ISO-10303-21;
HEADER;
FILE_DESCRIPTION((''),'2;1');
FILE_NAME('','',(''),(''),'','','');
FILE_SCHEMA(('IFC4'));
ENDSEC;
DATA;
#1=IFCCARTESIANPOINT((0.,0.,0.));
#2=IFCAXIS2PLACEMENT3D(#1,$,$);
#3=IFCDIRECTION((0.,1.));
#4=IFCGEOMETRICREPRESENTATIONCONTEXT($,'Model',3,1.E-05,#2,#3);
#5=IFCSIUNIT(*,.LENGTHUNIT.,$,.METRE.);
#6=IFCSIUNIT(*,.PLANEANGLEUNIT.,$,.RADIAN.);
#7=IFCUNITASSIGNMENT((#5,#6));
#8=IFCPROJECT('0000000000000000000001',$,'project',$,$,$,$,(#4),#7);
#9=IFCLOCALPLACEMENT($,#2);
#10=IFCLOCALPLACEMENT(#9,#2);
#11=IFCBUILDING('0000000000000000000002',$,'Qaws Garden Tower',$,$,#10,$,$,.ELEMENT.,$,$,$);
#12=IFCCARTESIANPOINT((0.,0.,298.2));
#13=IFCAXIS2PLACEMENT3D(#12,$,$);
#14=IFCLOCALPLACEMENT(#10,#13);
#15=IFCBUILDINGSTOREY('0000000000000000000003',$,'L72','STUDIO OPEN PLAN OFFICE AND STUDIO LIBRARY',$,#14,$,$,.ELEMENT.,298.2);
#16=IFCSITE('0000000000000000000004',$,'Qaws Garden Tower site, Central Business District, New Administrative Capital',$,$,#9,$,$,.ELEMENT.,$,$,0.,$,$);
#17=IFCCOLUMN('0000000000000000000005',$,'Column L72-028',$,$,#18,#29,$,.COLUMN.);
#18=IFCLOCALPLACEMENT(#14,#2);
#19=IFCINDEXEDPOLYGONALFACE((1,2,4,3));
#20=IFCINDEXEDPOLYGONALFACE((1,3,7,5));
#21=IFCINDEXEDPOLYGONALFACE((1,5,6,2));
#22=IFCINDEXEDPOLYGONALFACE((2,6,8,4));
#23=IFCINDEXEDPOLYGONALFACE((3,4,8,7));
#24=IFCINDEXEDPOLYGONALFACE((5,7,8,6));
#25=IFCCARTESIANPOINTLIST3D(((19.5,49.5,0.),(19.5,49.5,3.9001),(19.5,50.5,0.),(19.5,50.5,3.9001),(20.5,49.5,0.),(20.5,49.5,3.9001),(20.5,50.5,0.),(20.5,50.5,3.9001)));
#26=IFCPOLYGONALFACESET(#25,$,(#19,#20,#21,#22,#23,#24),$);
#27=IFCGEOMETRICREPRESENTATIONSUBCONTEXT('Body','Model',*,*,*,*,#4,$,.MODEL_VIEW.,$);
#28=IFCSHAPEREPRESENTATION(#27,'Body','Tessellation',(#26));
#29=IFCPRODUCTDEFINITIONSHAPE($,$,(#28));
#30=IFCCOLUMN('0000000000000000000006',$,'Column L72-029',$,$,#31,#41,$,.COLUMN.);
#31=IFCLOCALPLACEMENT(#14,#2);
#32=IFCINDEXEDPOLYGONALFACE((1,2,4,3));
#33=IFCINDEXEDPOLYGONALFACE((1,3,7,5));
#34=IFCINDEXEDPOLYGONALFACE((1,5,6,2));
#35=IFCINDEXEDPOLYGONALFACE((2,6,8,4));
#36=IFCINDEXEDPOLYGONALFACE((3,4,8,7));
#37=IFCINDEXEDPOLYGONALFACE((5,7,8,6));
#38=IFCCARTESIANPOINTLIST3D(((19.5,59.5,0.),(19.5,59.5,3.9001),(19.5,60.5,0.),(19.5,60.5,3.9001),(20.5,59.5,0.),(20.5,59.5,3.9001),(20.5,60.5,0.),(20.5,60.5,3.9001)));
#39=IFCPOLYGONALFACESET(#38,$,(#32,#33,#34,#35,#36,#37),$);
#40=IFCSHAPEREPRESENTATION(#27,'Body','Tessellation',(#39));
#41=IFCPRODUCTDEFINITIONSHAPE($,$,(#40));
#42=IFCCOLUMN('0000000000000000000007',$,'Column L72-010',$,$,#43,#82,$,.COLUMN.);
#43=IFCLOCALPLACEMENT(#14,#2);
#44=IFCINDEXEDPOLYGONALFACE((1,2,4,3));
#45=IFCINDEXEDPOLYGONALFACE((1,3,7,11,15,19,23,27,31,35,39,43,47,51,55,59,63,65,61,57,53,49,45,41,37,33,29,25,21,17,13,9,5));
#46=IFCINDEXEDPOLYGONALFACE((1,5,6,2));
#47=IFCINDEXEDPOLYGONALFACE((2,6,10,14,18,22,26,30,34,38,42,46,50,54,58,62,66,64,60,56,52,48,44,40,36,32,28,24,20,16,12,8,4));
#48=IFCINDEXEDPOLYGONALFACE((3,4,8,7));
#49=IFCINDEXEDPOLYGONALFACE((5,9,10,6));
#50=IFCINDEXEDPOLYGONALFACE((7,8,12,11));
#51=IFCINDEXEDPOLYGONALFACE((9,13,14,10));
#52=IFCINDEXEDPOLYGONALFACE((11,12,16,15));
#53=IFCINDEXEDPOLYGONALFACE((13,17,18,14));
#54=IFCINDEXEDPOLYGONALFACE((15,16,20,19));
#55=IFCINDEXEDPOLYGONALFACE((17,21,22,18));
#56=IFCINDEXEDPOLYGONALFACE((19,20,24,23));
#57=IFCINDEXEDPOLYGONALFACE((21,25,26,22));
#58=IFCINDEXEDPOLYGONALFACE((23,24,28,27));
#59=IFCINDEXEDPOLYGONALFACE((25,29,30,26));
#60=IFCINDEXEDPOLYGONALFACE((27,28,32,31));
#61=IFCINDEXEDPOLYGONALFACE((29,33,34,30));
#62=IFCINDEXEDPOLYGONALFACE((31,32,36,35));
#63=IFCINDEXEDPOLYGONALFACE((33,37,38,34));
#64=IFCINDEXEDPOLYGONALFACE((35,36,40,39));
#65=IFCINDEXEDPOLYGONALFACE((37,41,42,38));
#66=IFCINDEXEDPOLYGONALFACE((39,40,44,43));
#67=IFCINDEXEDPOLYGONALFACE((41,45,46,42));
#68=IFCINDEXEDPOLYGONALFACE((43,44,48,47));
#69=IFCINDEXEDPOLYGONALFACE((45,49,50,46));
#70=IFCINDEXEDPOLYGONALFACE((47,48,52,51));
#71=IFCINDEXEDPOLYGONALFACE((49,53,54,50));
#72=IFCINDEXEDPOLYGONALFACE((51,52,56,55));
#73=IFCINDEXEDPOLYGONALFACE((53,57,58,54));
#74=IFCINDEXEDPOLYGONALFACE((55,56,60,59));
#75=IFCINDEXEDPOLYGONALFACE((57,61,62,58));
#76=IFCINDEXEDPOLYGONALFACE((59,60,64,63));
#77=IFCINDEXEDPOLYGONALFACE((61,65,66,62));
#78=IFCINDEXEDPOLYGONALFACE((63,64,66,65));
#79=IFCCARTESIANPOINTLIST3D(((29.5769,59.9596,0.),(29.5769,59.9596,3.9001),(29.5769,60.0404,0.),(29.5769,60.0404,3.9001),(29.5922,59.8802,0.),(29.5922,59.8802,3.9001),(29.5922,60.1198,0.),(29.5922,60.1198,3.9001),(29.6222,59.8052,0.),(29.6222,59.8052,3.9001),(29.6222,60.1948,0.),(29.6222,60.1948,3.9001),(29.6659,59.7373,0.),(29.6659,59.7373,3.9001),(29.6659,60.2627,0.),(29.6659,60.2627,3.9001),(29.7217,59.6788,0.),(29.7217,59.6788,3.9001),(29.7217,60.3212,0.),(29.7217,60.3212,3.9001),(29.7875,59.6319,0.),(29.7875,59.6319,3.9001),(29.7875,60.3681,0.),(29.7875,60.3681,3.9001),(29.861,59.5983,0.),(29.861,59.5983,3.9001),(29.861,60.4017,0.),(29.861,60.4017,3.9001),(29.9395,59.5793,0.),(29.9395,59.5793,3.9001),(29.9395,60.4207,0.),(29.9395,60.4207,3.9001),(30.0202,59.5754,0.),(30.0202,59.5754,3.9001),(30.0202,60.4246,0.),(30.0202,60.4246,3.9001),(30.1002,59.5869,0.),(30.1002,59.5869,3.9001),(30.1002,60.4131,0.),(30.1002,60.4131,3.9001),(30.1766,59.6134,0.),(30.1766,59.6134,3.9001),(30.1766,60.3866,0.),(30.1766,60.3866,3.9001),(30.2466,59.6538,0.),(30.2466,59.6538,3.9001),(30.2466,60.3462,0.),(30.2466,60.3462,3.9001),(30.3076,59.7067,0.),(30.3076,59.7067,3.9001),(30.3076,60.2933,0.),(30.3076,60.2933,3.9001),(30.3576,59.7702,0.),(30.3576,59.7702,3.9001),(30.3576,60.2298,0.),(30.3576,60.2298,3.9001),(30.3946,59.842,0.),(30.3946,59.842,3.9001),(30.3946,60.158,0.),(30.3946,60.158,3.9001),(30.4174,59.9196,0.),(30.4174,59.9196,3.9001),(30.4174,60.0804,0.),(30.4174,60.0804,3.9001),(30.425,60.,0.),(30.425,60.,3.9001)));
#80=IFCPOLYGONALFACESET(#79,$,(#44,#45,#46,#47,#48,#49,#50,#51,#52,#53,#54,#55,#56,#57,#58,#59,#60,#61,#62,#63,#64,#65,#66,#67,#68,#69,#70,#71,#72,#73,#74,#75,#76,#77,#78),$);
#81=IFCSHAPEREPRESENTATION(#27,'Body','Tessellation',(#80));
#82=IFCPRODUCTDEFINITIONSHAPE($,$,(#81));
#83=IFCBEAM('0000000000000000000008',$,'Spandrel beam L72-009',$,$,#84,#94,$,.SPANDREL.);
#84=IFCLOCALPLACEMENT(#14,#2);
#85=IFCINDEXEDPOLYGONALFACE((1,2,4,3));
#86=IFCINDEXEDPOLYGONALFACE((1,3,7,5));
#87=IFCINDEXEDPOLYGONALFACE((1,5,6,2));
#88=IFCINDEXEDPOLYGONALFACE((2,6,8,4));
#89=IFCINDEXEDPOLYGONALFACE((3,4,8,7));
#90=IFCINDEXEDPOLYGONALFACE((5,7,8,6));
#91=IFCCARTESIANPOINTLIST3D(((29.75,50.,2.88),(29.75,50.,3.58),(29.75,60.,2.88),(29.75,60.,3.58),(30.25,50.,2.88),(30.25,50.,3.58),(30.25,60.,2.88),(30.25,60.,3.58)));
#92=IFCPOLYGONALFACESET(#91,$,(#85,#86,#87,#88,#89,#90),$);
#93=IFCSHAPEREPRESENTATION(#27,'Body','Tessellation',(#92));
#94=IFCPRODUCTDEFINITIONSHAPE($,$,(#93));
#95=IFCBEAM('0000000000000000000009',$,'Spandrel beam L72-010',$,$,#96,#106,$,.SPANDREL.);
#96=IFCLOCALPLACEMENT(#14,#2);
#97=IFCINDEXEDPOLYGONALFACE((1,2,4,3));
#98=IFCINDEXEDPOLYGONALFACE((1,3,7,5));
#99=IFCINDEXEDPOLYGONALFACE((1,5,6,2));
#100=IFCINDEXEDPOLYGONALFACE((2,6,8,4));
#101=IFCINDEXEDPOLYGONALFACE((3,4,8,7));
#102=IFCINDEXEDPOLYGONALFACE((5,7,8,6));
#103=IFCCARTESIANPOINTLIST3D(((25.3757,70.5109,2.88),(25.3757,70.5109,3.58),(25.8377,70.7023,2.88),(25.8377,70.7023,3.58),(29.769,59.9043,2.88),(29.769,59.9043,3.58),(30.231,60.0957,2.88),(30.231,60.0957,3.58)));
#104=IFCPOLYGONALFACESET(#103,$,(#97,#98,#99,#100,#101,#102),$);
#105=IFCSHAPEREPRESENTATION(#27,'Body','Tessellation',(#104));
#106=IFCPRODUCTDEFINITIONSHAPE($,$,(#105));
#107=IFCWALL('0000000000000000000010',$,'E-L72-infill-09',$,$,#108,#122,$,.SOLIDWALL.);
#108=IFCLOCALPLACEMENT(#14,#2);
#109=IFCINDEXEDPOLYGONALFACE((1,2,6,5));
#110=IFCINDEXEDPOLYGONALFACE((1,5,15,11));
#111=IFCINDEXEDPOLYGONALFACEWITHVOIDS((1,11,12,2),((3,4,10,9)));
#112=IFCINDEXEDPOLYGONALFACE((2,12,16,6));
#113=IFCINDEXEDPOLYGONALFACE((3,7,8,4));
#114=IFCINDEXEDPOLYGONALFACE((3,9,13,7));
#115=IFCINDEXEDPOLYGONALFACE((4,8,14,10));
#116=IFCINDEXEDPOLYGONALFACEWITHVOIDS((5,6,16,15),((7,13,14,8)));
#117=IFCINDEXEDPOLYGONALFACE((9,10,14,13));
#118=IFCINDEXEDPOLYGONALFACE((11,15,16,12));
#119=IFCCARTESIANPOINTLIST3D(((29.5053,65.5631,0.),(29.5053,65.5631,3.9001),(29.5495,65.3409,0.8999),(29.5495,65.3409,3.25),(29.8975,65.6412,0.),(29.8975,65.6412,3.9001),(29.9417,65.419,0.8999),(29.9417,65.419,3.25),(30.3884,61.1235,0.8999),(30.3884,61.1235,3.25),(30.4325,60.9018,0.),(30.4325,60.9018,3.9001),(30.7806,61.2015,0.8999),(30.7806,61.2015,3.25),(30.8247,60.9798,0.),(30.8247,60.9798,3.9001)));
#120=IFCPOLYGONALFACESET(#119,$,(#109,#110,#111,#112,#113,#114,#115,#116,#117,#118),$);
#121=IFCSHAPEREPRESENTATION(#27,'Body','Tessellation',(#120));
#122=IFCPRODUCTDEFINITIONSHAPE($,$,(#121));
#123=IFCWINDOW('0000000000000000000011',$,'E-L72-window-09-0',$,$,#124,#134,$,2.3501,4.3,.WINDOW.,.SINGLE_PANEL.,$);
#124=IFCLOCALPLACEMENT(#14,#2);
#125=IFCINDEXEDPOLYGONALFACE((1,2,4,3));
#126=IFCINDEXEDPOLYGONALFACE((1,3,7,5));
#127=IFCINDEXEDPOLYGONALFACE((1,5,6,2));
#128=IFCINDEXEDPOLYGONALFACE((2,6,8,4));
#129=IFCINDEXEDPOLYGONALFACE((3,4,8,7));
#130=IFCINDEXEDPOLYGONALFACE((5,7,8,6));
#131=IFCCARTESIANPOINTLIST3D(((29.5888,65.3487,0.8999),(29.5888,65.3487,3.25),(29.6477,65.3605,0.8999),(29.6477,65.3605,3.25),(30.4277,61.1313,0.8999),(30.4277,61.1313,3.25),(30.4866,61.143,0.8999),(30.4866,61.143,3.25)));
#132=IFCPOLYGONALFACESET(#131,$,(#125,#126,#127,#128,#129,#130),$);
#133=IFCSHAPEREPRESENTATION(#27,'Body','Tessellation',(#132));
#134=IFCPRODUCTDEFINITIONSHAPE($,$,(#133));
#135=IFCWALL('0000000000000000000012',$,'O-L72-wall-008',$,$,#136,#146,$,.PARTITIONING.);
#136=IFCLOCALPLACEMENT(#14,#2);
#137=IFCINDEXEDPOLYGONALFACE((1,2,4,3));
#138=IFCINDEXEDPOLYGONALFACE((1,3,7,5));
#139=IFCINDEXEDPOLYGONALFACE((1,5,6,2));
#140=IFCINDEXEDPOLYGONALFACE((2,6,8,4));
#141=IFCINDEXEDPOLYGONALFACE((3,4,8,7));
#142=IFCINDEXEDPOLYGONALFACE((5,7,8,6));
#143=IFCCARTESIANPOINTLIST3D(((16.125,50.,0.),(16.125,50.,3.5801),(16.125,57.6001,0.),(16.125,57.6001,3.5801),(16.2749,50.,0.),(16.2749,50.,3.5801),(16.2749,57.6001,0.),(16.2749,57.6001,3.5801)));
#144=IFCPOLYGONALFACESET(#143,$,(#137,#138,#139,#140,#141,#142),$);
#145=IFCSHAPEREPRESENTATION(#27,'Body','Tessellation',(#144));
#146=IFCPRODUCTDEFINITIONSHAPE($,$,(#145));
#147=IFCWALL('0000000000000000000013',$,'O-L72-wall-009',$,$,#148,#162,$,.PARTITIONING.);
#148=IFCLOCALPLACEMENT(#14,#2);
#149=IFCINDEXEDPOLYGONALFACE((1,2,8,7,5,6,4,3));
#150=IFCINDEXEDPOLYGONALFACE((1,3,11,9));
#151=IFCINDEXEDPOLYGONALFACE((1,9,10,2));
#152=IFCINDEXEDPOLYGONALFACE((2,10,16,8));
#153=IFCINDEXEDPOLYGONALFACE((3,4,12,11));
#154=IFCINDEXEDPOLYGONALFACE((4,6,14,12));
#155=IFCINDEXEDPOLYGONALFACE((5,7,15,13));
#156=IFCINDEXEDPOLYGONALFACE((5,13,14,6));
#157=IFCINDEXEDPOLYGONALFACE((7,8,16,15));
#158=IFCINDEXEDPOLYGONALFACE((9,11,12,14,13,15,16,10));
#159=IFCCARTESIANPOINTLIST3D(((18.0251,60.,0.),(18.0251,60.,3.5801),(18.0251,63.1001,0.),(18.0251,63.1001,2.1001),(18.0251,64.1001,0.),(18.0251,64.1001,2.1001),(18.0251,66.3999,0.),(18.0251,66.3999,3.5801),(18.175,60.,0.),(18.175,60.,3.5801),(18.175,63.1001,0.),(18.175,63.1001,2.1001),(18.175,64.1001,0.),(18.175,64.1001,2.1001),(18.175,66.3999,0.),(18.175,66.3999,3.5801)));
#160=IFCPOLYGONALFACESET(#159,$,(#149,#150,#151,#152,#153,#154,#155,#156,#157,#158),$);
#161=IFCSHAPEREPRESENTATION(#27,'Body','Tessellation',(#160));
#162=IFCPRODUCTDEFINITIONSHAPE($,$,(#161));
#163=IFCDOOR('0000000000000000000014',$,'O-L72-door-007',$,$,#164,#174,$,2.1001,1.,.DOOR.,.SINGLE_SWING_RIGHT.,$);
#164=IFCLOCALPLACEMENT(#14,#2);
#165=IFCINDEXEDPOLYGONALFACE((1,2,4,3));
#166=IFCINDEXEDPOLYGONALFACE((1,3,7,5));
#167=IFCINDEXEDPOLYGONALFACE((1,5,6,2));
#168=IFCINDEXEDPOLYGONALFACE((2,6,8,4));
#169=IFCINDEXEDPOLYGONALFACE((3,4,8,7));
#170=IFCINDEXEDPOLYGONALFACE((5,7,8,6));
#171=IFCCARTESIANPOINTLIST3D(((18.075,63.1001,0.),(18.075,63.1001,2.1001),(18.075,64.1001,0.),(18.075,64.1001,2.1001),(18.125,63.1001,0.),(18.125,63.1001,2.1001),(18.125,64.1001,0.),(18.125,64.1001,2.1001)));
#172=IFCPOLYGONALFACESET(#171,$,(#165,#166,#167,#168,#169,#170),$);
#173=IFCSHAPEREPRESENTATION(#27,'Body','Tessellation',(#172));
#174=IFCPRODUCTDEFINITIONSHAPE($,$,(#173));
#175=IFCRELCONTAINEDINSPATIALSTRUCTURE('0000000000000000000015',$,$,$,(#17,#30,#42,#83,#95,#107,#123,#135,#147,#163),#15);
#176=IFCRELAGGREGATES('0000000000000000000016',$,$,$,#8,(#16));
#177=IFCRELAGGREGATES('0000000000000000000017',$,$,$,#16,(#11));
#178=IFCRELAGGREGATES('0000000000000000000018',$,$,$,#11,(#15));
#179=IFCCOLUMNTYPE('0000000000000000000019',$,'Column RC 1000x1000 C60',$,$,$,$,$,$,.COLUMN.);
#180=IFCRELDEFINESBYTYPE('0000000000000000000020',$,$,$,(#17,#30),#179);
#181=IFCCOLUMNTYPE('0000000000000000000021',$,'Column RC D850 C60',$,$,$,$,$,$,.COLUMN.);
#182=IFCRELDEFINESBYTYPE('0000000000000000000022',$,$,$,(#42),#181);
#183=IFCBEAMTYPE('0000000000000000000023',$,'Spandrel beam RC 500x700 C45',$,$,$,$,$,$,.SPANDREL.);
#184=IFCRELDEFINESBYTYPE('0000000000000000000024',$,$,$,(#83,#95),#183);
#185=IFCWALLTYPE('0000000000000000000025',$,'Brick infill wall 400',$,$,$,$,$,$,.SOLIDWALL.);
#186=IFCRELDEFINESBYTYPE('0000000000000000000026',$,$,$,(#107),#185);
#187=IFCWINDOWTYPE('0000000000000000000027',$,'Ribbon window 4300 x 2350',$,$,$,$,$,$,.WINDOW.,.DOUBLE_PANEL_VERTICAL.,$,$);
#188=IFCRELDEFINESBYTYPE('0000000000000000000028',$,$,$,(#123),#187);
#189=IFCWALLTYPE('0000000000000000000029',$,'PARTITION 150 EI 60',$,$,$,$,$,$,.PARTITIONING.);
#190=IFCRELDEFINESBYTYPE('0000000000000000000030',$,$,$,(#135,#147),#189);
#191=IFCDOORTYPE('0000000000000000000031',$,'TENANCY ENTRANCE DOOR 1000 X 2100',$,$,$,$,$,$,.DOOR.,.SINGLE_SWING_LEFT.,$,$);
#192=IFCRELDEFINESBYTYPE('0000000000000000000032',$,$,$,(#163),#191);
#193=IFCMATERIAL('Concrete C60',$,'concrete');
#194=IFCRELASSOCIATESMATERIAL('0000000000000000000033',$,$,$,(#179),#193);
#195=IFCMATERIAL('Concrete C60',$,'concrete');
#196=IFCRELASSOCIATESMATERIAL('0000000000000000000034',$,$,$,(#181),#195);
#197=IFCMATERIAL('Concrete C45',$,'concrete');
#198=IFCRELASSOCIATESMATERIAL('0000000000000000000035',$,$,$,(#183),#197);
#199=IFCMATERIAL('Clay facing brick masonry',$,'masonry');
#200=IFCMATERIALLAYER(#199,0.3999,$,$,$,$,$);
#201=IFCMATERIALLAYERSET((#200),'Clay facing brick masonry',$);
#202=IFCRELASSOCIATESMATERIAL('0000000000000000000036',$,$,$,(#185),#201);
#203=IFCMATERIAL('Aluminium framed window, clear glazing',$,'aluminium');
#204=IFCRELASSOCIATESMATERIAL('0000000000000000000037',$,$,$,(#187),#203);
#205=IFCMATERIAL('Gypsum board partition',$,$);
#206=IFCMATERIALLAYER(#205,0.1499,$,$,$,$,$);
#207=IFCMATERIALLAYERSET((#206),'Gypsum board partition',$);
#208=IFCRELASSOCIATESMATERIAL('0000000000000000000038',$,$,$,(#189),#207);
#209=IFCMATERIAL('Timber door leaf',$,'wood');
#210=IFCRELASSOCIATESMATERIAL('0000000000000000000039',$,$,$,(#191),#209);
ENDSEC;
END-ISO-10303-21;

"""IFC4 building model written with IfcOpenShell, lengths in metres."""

from ifc_helpers import new_model, si_unit, direction, frame, frame_2d, origin, origin_2d, place, context, subcontext, project, spatial, rectangle, circle, extrude, material, layer, layer_set, material_profile, profile_set, type_object, element, fill, save


model = new_model("IFC4")

# Units and contexts
model_context = context("Model", 3, precision=1e-05, world=origin(), true_north=direction((0.0, 1.0)))
body_context = subcontext(model_context, "Body", "Model", "MODEL_VIEW")
ifc_project = project(units=[si_unit("LENGTHUNIT", "METRE"), si_unit("PLANEANGLEUNIT", "RADIAN")], contexts=[model_context])

# Site, building, storey
site_placement = place(None, origin())
site = spatial("IfcSite", under=ifc_project, at=site_placement, Name="Qaws Garden Tower site, Central Business District, New Administrative Capital", CompositionType="ELEMENT", RefElevation=0.0)
building_placement = place(site_placement, origin())
building = spatial("IfcBuilding", under=site, at=building_placement, Name="Qaws Garden Tower", CompositionType="ELEMENT")
storey_placement = place(building_placement, frame((0.0, 0.0, 298.2)))
storey = spatial("IfcBuildingStorey", under=building, at=storey_placement, Name="L72", Description="STUDIO OPEN PLAN OFFICE AND STUDIO LIBRARY", CompositionType="ELEMENT", Elevation=298.2)

# Columns
ifc_material_1 = material(Name="Concrete C60", Category="concrete")
ifc_material_profile_1 = material_profile(ifc_material_1, rectangle(XDim=1.0, YDim=1.0, at=origin_2d()), Name="RC 1000x1000")
ifc_profile_set_1 = profile_set([ifc_material_profile_1], Name="Concrete C60")
column_type_1 = type_object("IfcColumnType", Name="Column RC 1000x1000 C60", PredefinedType="COLUMN", material=ifc_profile_set_1)
for number, where, z_axis, x_axis, name in (
    (1, (20.0, 50.0, 0.0), (0.0, 0.0, 1.0), (1.0, 0.0, 0.0), "Column L72-028"),
    (2, (20.0, 60.0, 0.0), (0.0, 0.0, 1.0), (1.0, 0.0, 0.0), "Column L72-029"),
):
    element("IfcColumn", number, at=place(storey_placement, frame(where, z_axis=z_axis, x_axis=x_axis)), inside=storey, type_object=column_type_1, Name=name, PredefinedType="COLUMN", context=body_context, shape_type="SweptSolid", body=[
        extrude(rectangle(XDim=1.0, YDim=1.0, at=origin_2d()), origin(), (0.0, 0.0, 1.0), 3.9001),
    ])
ifc_material_2 = material(Name="Concrete C60", Category="concrete")
ifc_material_profile_2 = material_profile(ifc_material_2, circle(Radius=0.425, at=origin_2d()), Name="RC D850")
ifc_profile_set_2 = profile_set([ifc_material_profile_2], Name="Concrete C60")
column_type_2 = type_object("IfcColumnType", Name="Column RC D850 C60", PredefinedType="COLUMN", material=ifc_profile_set_2)
column_placement = place(storey_placement, frame((30.0, 60.0, 0.0), z_axis=(0.0, 0.0, 1.0), x_axis=(1.0, 0.0, 0.0)))
element("IfcColumn", 3, at=column_placement, inside=storey, type_object=column_type_2, Name="Column L72-010", PredefinedType="COLUMN", context=body_context, shape_type="SweptSolid", body=[
    extrude(circle(Radius=0.425, at=origin_2d()), origin(), (0.0, 0.0, 1.0), 3.9001),
])

# Beams
ifc_material_3 = material(Name="Concrete C45", Category="concrete")
ifc_material_profile_3 = material_profile(ifc_material_3, rectangle(XDim=0.5, YDim=0.7, at=origin_2d()), Name="RC 500x700")
ifc_profile_set_3 = profile_set([ifc_material_profile_3], Name="Concrete C45")
beam_type = type_object("IfcBeamType", Name="Spandrel beam RC 500x700 C45", PredefinedType="SPANDREL", material=ifc_profile_set_3)
beam_1_placement = place(storey_placement, frame((30.0, 50.0, 3.23), z_axis=(0.0, 1.0, 0.0), x_axis=(-1.0, 0.0, 0.0)))
element("IfcBeam", 4, at=beam_1_placement, inside=storey, type_object=beam_type, Name="Spandrel beam L72-009", PredefinedType="SPANDREL", context=body_context, shape_type="SweptSolid", body=[
    extrude(rectangle(XDim=0.5, YDim=0.7, at=origin_2d()), origin(), (0.0, 0.0, 1.0), 10.0),
])
beam_2_placement = place(storey_placement, frame((30.0, 60.0, 3.23), z_axis=(-0.382674, 0.923883, 0.0), x_axis=(-0.923883, -0.382674, 0.0)))
element("IfcBeam", 5, at=beam_2_placement, inside=storey, type_object=beam_type, Name="Spandrel beam L72-010", PredefinedType="SPANDREL", context=body_context, shape_type="SweptSolid", body=[
    extrude(rectangle(XDim=0.5, YDim=0.7, at=origin_2d()), origin(), (0.0, 0.0, 1.0), 11.4805),
])

# Wall, opening, window
ifc_material_4 = material(Name="Clay facing brick masonry", Category="masonry")
ifc_layer_1 = layer(ifc_material_4, 0.3999)
ifc_layer_set_1 = layer_set([ifc_layer_1], Name="Clay facing brick masonry")
wall_type_1 = type_object("IfcWallType", Name="Brick infill wall 400", PredefinedType="SOLIDWALL", material=ifc_layer_set_1)
wall_1_placement = place(storey_placement, frame((30.6287, 60.9407, 0.0), z_axis=(0.0, 0.0, 1.0), x_axis=(-0.195099, 0.980784, 0.0)))
wall_1 = element("IfcWall", 6, at=wall_1_placement, inside=storey, type_object=wall_type_1, Name="E-L72-infill-09", PredefinedType="SOLIDWALL", context=body_context, shape_type="SweptSolid", body=[
    extrude(rectangle(XDim=4.7527, YDim=0.3999, at=frame_2d((2.3765, 0.0))), origin(), (0.0, 0.0, 1.0), 3.9001),
])
opening_1_placement = place(wall_1_placement, frame((0.2263, 0.0, 0.8999)))
opening_1 = element("IfcOpeningElement", 7, at=opening_1_placement, cuts=wall_1, PredefinedType="OPENING", context=body_context, shape_type="SweptSolid", body=[
    extrude(rectangle(XDim=4.3, YDim=2.3501, at=frame_2d((2.1499, 1.175))), frame((0.0, 0.21, 0.0), z_axis=(0.0, -1.0, 0.0), x_axis=(1.0, 0.0, 0.0)), (0.0, 0.0, 1.0), 0.4199),
])
ifc_material_5 = material(Name="Aluminium framed window, clear glazing", Category="aluminium")
window_type = type_object("IfcWindowType", Name="Ribbon window 4300 x 2350", PartitioningType="DOUBLE_PANEL_VERTICAL", PredefinedType="WINDOW", material=ifc_material_5)
window_placement = place(opening_1_placement, origin())
window = element("IfcWindow", 8, at=window_placement, inside=storey, type_object=window_type, Name="E-L72-window-09-0", OverallHeight=2.3501, OverallWidth=4.3, PartitioningType="SINGLE_PANEL", PredefinedType="WINDOW", context=body_context, shape_type="SweptSolid", body=[
    extrude(rectangle(XDim=4.3, YDim=2.3501, at=frame_2d((2.1499, 1.175))), frame((0.0, 0.1599, 0.0), z_axis=(0.0, -1.0, 0.0), x_axis=(1.0, 0.0, 0.0)), (0.0, 0.0, 1.0), 0.0601),
])
fill(opening_1, window)

# Wall
ifc_material_6 = material(Name="Gypsum board partition")
ifc_layer_2 = layer(ifc_material_6, 0.1499)
ifc_layer_set_2 = layer_set([ifc_layer_2], Name="Gypsum board partition")
wall_type_2 = type_object("IfcWallType", Name="PARTITION 150 EI 60", PredefinedType="PARTITIONING", material=ifc_layer_set_2)
wall_2_placement = place(storey_placement, frame((16.2, 50.0, 0.0), z_axis=(0.0, 0.0, 1.0), x_axis=(0.0, 1.0, 0.0)))
element("IfcWall", 9, at=wall_2_placement, inside=storey, type_object=wall_type_2, Name="O-L72-wall-008", PredefinedType="PARTITIONING", context=body_context, shape_type="SweptSolid", body=[
    extrude(rectangle(XDim=7.6001, YDim=0.1499, at=frame_2d((3.8, 0.0))), origin(), (0.0, 0.0, 1.0), 3.5801),
])

# Wall, opening, door
wall_3_placement = place(storey_placement, frame((18.1001, 60.0, 0.0), z_axis=(0.0, 0.0, 1.0), x_axis=(0.0, 1.0, 0.0)))
wall_3 = element("IfcWall", 10, at=wall_3_placement, inside=storey, type_object=wall_type_2, Name="O-L72-wall-009", PredefinedType="PARTITIONING", context=body_context, shape_type="SweptSolid", body=[
    extrude(rectangle(XDim=6.3999, YDim=0.1499, at=frame_2d((3.2, 0.0))), origin(), (0.0, 0.0, 1.0), 3.5801),
])
opening_2_placement = place(wall_3_placement, frame((3.1001, 0.0, 0.0)))
opening_2 = element("IfcOpeningElement", 11, at=opening_2_placement, cuts=wall_3, PredefinedType="OPENING", context=body_context, shape_type="SweptSolid", body=[
    extrude(rectangle(XDim=1.0, YDim=2.1001, at=frame_2d((0.5, 1.05))), frame((0.0, 0.085, 0.0), z_axis=(0.0, -1.0, 0.0), x_axis=(1.0, 0.0, 0.0)), (0.0, 0.0, 1.0), 0.1699),
])
ifc_material_7 = material(Name="Timber door leaf", Category="wood")
door_type = type_object("IfcDoorType", Name="TENANCY ENTRANCE DOOR 1000 X 2100", OperationType="SINGLE_SWING_LEFT", PredefinedType="DOOR", material=ifc_material_7)
door_1_placement = place(opening_2_placement, frame((1.0, 0.0, 0.0), z_axis=(0.0, 0.0, 1.0), x_axis=(-1.0, 0.0, 0.0)))
door_1 = element("IfcDoor", 12, at=door_1_placement, inside=storey, type_object=door_type, Name="O-L72-door-007", OperationType="SINGLE_SWING_RIGHT", OverallHeight=2.1001, OverallWidth=1.0, PredefinedType="DOOR", context=body_context, shape_type="SweptSolid", body=[
    extrude(rectangle(XDim=1.0, YDim=2.1001, at=frame_2d((0.5, 1.05))), frame((0.0, 0.0249, 0.0), z_axis=(0.0, -1.0, 0.0), x_axis=(1.0, 0.0, 0.0)), (0.0, 0.0, 1.0), 0.05),
])
fill(opening_2, door_1)

save(model, "model.ifc")
